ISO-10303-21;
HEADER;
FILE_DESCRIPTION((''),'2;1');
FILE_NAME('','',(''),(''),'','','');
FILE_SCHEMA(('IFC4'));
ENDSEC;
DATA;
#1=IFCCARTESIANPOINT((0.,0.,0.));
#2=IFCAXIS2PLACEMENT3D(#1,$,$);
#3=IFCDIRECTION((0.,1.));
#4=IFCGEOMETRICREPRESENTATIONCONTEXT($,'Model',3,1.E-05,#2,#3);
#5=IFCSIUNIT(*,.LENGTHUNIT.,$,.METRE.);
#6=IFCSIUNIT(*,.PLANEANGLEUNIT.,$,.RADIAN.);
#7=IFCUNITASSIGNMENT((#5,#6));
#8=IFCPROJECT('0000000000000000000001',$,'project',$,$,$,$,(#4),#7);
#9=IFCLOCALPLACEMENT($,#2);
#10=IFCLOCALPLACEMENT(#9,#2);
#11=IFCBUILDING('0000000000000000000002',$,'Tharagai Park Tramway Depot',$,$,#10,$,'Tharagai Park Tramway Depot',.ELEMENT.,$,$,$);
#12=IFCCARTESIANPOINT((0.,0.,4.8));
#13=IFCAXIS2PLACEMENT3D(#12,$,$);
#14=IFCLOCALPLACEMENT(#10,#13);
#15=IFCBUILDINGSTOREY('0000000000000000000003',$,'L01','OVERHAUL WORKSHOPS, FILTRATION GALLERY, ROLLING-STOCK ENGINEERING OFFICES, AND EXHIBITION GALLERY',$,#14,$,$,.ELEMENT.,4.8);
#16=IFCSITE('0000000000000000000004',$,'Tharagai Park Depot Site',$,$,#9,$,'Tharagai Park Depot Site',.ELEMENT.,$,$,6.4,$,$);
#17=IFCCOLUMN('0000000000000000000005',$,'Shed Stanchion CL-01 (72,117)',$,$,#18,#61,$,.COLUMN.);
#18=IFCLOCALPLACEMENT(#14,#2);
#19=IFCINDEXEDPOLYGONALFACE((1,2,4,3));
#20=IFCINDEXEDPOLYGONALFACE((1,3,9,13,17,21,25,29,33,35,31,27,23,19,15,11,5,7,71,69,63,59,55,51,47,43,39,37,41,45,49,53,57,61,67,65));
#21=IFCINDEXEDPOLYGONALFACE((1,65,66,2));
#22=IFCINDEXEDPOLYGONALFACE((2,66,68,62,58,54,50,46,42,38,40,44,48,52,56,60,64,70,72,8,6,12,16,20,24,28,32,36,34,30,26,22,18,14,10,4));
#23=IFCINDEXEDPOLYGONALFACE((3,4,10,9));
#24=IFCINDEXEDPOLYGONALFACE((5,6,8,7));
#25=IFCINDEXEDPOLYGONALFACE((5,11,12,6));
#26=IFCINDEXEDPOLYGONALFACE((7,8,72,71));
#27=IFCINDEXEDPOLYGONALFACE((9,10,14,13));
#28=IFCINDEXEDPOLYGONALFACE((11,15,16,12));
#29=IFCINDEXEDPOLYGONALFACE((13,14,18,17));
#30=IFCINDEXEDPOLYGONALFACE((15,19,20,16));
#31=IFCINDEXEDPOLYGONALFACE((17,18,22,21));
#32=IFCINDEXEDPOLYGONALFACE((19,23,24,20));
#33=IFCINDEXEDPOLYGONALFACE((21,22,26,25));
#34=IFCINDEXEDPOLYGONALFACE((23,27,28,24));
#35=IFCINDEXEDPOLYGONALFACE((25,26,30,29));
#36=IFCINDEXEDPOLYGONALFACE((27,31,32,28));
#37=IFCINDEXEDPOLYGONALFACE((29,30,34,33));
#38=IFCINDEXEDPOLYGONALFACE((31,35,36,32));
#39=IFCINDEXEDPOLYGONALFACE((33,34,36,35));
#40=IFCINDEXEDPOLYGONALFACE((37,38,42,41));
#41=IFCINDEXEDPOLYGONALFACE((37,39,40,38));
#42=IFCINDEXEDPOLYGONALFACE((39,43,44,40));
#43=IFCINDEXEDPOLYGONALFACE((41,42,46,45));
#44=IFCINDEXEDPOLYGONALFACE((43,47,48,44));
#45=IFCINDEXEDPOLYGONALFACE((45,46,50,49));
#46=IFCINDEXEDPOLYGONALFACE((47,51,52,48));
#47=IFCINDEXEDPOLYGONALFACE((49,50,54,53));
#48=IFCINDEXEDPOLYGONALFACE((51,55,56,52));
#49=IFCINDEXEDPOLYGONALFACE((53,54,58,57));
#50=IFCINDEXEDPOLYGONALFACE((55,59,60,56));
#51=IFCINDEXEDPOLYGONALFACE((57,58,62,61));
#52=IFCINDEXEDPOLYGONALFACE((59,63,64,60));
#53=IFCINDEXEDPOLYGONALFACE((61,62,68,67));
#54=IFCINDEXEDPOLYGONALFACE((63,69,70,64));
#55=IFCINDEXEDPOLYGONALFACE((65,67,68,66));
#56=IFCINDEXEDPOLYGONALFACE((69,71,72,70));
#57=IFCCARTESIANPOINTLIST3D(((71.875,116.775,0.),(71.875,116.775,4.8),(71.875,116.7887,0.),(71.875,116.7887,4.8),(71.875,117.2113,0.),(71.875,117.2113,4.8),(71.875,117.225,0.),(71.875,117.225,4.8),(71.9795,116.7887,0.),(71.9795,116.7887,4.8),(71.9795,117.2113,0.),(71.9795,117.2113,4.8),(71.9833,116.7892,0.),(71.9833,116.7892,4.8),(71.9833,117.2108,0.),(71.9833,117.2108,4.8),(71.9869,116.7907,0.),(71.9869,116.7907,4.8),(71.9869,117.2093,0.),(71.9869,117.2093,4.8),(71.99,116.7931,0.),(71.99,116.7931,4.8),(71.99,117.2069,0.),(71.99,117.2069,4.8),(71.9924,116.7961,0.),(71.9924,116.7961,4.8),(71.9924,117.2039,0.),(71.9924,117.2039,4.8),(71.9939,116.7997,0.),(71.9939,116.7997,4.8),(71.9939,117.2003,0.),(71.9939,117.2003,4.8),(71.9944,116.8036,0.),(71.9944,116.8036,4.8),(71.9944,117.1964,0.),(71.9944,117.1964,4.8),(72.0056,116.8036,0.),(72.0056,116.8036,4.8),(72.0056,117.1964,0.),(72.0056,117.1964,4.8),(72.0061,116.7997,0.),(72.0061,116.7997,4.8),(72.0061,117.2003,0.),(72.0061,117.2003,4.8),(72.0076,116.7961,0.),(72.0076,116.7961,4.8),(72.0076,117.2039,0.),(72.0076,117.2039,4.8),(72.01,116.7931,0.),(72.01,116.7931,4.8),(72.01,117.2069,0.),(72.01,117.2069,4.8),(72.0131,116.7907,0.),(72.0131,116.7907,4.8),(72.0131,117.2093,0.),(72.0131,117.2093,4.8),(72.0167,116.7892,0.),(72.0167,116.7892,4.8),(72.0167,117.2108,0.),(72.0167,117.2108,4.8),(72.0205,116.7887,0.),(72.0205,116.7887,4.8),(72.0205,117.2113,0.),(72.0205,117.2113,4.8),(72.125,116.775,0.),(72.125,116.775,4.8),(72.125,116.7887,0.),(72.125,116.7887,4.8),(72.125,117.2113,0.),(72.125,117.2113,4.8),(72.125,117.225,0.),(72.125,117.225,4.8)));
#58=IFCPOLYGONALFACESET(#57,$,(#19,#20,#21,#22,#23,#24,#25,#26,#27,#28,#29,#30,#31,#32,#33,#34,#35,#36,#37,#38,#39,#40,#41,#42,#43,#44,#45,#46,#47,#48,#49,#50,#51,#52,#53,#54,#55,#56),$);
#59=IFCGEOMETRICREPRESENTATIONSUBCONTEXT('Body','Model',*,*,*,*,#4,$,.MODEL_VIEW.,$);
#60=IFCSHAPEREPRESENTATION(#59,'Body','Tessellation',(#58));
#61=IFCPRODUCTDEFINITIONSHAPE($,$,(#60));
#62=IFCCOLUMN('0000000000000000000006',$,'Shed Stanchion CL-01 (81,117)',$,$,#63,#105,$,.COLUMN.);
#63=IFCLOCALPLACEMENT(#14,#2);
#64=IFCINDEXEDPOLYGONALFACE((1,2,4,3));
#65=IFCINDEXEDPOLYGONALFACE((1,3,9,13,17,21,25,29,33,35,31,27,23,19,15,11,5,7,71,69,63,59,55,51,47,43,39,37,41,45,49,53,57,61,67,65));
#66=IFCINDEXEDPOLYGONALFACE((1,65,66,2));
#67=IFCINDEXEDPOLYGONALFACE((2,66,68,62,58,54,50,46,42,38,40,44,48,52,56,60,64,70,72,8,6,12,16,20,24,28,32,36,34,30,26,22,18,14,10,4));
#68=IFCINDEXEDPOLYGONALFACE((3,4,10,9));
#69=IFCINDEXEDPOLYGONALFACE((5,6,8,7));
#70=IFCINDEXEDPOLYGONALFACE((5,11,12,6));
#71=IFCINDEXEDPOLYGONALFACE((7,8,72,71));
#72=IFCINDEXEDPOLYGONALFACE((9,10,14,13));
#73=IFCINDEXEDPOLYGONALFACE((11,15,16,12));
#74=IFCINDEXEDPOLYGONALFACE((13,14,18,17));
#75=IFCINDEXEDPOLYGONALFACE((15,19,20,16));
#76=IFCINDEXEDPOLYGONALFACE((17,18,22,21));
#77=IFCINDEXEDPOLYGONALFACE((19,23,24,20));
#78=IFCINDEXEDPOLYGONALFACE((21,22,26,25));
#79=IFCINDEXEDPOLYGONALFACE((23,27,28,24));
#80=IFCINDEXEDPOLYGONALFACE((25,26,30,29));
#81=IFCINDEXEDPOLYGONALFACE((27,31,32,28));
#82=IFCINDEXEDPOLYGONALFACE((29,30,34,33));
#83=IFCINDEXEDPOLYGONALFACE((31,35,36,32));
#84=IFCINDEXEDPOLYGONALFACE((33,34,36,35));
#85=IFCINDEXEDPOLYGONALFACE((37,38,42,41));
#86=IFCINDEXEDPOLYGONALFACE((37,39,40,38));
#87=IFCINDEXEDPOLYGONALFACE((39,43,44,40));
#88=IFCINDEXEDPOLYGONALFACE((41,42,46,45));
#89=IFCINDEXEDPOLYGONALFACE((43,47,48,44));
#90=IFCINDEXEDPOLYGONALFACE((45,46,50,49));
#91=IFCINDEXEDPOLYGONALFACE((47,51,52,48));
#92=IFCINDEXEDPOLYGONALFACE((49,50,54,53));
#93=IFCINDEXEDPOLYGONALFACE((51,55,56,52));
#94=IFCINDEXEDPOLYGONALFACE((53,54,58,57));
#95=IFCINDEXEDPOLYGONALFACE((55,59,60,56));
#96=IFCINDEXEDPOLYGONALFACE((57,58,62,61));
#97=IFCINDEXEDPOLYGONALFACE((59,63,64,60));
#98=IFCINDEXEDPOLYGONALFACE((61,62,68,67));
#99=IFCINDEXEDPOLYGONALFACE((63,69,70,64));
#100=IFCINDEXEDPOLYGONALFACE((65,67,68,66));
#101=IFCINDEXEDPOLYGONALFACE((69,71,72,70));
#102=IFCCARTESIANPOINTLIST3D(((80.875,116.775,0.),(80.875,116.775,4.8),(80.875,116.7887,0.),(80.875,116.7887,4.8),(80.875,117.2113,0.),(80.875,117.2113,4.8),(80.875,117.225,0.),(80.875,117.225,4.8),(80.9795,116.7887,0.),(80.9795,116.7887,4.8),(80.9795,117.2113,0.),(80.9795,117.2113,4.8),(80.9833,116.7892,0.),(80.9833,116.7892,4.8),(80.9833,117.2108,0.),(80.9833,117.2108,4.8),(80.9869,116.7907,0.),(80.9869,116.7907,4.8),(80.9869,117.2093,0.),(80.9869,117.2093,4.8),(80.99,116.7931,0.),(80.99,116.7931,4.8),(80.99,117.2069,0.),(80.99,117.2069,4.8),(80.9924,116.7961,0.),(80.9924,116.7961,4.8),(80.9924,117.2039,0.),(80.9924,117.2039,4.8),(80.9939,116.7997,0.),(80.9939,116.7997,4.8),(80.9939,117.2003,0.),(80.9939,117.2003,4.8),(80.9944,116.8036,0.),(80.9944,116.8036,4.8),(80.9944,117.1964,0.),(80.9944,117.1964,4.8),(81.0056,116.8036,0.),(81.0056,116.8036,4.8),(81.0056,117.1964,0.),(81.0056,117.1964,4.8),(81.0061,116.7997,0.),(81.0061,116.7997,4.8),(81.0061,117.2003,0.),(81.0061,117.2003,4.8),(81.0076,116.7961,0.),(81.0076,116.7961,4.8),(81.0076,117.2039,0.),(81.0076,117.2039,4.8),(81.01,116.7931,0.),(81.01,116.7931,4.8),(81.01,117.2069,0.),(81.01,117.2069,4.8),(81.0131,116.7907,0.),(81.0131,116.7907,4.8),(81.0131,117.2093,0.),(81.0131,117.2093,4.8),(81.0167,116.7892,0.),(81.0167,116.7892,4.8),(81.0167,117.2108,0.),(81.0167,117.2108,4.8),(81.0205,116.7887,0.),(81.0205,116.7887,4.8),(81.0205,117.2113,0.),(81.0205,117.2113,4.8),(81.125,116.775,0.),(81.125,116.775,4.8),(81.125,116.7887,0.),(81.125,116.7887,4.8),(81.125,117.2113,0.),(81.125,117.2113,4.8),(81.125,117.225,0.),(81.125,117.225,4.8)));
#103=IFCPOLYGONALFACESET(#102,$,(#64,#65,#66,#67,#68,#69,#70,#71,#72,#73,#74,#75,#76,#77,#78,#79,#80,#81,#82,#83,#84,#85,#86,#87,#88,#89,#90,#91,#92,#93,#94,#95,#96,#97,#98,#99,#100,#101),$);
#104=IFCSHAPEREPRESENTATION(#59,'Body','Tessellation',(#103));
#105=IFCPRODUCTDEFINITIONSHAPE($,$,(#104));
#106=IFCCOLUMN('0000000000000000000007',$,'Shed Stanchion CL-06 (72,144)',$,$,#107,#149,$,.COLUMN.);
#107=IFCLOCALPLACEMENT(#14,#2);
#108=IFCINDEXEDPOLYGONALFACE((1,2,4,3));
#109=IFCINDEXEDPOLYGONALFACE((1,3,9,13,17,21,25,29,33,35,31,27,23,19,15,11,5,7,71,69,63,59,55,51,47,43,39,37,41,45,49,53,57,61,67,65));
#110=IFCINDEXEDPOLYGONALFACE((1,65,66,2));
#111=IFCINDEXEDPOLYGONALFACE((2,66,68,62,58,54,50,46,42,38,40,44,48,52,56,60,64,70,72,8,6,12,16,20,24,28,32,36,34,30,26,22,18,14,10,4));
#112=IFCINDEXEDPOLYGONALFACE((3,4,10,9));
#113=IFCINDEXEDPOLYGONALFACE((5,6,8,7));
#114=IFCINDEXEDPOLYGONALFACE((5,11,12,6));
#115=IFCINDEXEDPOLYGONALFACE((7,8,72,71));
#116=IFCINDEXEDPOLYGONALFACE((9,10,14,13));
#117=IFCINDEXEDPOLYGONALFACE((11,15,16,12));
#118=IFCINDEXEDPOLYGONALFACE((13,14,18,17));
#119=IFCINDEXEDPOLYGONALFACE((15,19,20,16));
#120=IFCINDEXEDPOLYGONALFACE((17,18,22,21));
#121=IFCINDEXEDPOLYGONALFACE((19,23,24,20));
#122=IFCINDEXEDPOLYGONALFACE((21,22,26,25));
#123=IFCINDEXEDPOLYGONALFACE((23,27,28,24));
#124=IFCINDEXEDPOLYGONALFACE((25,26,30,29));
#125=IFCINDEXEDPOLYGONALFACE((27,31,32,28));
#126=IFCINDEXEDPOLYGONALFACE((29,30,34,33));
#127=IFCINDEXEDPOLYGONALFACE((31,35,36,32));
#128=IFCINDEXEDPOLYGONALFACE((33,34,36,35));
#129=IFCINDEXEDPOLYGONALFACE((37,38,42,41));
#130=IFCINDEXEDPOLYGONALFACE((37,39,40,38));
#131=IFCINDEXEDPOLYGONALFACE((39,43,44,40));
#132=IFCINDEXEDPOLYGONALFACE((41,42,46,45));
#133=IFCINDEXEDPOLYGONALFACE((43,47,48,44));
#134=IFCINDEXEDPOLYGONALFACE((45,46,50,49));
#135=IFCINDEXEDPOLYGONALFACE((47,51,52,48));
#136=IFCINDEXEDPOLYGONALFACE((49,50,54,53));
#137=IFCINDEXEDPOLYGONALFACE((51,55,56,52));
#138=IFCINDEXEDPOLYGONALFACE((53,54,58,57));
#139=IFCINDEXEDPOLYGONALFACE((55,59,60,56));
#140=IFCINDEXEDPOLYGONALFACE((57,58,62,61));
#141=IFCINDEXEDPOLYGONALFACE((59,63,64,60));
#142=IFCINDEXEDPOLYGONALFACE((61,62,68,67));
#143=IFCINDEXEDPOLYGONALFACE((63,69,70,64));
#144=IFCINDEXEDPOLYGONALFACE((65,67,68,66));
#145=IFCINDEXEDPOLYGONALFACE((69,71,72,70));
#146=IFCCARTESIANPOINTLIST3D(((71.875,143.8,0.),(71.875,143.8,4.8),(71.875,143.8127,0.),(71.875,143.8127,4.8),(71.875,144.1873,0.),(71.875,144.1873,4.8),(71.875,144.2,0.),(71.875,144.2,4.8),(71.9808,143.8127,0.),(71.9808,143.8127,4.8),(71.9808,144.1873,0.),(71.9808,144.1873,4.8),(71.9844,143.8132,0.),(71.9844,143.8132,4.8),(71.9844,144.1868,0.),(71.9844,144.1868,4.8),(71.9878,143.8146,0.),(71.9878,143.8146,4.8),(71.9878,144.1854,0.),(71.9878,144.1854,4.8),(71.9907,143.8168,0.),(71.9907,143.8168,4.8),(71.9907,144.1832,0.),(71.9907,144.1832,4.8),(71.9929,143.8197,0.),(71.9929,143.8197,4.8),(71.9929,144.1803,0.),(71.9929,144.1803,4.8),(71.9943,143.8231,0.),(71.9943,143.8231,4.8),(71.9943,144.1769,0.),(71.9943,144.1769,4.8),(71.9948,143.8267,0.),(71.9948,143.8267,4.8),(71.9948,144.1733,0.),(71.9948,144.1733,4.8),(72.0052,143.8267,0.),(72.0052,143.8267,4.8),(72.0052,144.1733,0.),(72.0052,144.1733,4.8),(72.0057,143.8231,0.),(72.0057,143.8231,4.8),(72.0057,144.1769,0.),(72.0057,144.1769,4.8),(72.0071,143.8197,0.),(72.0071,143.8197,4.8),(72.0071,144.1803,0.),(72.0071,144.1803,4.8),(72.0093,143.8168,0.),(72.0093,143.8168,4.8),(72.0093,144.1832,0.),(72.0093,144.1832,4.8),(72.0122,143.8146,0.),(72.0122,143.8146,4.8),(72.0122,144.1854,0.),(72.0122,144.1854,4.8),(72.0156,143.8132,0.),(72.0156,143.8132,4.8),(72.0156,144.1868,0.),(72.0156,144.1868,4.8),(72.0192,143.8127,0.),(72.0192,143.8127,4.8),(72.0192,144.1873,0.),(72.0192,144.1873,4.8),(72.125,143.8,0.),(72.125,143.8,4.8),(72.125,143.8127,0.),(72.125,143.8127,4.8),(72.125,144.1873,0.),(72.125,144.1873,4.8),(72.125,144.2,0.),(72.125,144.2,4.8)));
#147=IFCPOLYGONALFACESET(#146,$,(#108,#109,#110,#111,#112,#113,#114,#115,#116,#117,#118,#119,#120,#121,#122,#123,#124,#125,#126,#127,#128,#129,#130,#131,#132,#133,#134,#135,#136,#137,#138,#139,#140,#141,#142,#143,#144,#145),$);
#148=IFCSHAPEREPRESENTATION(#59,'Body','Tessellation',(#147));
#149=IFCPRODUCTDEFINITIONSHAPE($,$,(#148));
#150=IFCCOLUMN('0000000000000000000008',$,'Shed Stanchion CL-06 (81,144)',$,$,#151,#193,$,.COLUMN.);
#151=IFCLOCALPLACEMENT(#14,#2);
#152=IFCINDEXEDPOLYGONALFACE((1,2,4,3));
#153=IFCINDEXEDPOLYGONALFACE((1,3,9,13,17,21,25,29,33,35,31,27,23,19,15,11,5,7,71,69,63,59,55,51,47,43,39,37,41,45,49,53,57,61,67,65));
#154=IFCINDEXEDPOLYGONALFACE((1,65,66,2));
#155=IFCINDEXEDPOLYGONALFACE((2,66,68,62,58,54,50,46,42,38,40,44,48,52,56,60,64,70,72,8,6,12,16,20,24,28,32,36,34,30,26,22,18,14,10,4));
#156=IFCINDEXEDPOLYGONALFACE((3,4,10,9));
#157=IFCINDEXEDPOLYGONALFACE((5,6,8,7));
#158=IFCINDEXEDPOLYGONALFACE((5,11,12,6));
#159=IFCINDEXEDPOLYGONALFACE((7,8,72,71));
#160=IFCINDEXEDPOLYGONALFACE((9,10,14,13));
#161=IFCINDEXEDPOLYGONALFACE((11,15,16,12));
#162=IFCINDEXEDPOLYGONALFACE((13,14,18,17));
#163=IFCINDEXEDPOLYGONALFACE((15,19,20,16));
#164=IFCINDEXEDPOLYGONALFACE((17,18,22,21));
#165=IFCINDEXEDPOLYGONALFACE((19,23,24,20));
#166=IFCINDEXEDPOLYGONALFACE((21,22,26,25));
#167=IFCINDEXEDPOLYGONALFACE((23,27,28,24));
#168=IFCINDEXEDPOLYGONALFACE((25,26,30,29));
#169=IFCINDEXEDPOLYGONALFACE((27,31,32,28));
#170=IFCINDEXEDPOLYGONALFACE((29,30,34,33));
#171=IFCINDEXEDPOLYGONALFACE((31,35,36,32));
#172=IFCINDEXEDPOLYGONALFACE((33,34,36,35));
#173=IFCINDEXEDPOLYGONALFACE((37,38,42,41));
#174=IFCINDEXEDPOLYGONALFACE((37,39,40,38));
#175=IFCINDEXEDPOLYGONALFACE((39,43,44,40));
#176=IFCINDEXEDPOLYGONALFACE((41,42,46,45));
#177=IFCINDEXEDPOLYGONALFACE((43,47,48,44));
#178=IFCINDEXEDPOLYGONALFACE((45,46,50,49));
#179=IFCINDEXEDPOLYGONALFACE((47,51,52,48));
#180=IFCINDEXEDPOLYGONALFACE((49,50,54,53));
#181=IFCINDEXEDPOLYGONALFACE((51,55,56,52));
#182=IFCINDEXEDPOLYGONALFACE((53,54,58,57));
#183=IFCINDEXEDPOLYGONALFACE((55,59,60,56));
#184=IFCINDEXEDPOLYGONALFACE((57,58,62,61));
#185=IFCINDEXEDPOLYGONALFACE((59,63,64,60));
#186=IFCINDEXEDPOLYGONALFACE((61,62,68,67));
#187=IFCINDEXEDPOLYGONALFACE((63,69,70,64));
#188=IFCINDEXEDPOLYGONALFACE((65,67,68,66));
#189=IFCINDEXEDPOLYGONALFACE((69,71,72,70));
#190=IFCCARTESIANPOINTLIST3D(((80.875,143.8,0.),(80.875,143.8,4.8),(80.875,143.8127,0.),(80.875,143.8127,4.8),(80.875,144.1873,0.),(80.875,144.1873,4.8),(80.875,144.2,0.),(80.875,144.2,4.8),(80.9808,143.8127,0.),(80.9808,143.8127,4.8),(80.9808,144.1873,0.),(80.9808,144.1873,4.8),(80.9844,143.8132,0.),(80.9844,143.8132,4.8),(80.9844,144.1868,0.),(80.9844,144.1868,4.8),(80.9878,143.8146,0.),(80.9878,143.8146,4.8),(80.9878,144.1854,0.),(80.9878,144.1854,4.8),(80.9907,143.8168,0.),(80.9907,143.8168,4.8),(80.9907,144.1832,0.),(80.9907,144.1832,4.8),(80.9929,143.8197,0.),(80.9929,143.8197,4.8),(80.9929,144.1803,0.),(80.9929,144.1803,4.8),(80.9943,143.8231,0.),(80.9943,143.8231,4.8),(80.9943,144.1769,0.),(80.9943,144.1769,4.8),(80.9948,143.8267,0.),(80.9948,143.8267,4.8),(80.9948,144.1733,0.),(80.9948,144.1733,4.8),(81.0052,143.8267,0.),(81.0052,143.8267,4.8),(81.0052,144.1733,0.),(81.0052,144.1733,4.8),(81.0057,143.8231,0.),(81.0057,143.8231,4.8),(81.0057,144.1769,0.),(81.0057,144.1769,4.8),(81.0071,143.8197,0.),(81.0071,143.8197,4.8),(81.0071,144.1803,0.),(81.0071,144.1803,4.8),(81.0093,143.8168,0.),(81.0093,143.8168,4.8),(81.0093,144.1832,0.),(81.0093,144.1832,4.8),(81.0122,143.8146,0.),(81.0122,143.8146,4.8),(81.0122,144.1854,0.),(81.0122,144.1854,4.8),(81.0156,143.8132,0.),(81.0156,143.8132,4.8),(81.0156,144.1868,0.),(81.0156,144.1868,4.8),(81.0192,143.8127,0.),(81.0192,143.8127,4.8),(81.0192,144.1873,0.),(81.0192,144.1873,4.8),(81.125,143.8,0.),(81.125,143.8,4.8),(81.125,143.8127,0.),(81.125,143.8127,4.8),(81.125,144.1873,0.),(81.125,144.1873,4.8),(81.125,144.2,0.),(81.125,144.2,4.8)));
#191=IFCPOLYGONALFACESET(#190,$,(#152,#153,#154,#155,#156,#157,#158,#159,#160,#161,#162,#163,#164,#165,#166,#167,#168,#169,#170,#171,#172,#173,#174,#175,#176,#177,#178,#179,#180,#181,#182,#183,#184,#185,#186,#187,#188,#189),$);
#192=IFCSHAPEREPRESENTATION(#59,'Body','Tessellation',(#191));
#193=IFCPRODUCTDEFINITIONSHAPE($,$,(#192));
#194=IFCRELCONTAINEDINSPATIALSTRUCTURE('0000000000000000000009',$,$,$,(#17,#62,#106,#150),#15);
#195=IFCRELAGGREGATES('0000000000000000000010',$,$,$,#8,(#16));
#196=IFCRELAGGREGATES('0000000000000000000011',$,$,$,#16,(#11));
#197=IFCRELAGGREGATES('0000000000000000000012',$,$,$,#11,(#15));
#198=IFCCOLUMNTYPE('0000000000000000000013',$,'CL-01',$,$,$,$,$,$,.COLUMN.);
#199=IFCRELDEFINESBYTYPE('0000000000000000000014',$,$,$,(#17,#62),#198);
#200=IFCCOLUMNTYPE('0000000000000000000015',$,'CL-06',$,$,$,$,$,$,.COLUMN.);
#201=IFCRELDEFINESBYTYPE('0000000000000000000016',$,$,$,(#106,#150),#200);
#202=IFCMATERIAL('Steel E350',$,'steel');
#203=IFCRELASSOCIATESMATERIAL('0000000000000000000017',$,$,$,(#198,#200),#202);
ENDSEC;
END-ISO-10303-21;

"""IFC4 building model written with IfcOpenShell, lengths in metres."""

from ifc_helpers import new_model, si_unit, direction, frame, origin, origin_2d, place, context, subcontext, project, spatial, i_section, extrude, material, material_profile, profile_set, type_object, element, save


model = new_model("IFC4")

# Units and contexts
model_context = context("Model", 3, precision=1e-05, world=origin(), true_north=direction((0.0, 1.0)))
body_context = subcontext(model_context, "Body", "Model", "MODEL_VIEW")
ifc_project = project(units=[si_unit("LENGTHUNIT", "METRE"), si_unit("PLANEANGLEUNIT", "RADIAN")], contexts=[model_context])

# Site, building, storey
site_placement = place(None, origin())
site = spatial("IfcSite", under=ifc_project, at=site_placement, Name="Tharagai Park Depot Site", LongName="Tharagai Park Depot Site", CompositionType="ELEMENT", RefElevation=6.4)
building_placement = place(site_placement, origin())
building = spatial("IfcBuilding", under=site, at=building_placement, Name="Tharagai Park Tramway Depot", LongName="Tharagai Park Tramway Depot", CompositionType="ELEMENT")
storey_placement = place(building_placement, frame((0.0, 0.0, 4.8)))
storey = spatial("IfcBuildingStorey", under=building, at=storey_placement, Name="L01", Description="OVERHAUL WORKSHOPS, FILTRATION GALLERY, ROLLING-STOCK ENGINEERING OFFICES, AND EXHIBITION GALLERY", CompositionType="ELEMENT", Elevation=4.8)

# Columns
ifc_material_1 = material(Name="Steel E350", Category="steel")
ifc_material_profile_1 = material_profile(ifc_material_1, i_section(OverallWidth=0.25, OverallDepth=0.45, WebThickness=0.0112, FlangeThickness=0.0137, FilletRadius=0.0149, at=origin_2d()), Name="ISHB 450")
ifc_profile_set_1 = profile_set([ifc_material_profile_1], Name="Steel E350")
column_type_1 = type_object("IfcColumnType", Name="CL-01", PredefinedType="COLUMN", material=ifc_profile_set_1)
for number, where, z_axis, x_axis, name in (
    (1, (72.0, 117.0, 0.0), (0.0, 0.0, 1.0), (1.0, 0.0, 0.0), "Shed Stanchion CL-01 (72,117)"),
    (2, (81.0, 117.0, 0.0), (0.0, 0.0, 1.0), (1.0, 0.0, 0.0), "Shed Stanchion CL-01 (81,117)"),
):
    element("IfcColumn", number, at=place(storey_placement, frame(where, z_axis=z_axis, x_axis=x_axis)), inside=storey, type_object=column_type_1, Name=name, PredefinedType="COLUMN", context=body_context, shape_type="SweptSolid", body=[
        extrude(i_section(OverallWidth=0.25, OverallDepth=0.45, WebThickness=0.0112, FlangeThickness=0.0137, FilletRadius=0.0149, at=origin_2d()), origin(), (0.0, 0.0, 1.0), 4.8),
    ])
ifc_material_profile_2 = material_profile(ifc_material_1, i_section(OverallWidth=0.25, OverallDepth=0.3999, WebThickness=0.0105, FlangeThickness=0.0127, FilletRadius=0.0139, at=origin_2d()), Name="ISHB 400")
ifc_profile_set_2 = profile_set([ifc_material_profile_2], Name="Steel E350")
column_type_2 = type_object("IfcColumnType", Name="CL-06", PredefinedType="COLUMN", material=ifc_profile_set_2)
for number, where, z_axis, x_axis, name in (
    (3, (72.0, 144.0, 0.0), (0.0, 0.0, 1.0), (1.0, 0.0, 0.0), "Shed Stanchion CL-06 (72,144)"),
    (4, (81.0, 144.0, 0.0), (0.0, 0.0, 1.0), (1.0, 0.0, 0.0), "Shed Stanchion CL-06 (81,144)"),
):
    element("IfcColumn", number, at=place(storey_placement, frame(where, z_axis=z_axis, x_axis=x_axis)), inside=storey, type_object=column_type_2, Name=name, PredefinedType="COLUMN", context=body_context, shape_type="SweptSolid", body=[
        extrude(i_section(OverallWidth=0.25, OverallDepth=0.3999, WebThickness=0.0105, FlangeThickness=0.0127, FilletRadius=0.0139, at=origin_2d()), origin(), (0.0, 0.0, 1.0), 4.8),
    ])

save(model, "model.ifc")
